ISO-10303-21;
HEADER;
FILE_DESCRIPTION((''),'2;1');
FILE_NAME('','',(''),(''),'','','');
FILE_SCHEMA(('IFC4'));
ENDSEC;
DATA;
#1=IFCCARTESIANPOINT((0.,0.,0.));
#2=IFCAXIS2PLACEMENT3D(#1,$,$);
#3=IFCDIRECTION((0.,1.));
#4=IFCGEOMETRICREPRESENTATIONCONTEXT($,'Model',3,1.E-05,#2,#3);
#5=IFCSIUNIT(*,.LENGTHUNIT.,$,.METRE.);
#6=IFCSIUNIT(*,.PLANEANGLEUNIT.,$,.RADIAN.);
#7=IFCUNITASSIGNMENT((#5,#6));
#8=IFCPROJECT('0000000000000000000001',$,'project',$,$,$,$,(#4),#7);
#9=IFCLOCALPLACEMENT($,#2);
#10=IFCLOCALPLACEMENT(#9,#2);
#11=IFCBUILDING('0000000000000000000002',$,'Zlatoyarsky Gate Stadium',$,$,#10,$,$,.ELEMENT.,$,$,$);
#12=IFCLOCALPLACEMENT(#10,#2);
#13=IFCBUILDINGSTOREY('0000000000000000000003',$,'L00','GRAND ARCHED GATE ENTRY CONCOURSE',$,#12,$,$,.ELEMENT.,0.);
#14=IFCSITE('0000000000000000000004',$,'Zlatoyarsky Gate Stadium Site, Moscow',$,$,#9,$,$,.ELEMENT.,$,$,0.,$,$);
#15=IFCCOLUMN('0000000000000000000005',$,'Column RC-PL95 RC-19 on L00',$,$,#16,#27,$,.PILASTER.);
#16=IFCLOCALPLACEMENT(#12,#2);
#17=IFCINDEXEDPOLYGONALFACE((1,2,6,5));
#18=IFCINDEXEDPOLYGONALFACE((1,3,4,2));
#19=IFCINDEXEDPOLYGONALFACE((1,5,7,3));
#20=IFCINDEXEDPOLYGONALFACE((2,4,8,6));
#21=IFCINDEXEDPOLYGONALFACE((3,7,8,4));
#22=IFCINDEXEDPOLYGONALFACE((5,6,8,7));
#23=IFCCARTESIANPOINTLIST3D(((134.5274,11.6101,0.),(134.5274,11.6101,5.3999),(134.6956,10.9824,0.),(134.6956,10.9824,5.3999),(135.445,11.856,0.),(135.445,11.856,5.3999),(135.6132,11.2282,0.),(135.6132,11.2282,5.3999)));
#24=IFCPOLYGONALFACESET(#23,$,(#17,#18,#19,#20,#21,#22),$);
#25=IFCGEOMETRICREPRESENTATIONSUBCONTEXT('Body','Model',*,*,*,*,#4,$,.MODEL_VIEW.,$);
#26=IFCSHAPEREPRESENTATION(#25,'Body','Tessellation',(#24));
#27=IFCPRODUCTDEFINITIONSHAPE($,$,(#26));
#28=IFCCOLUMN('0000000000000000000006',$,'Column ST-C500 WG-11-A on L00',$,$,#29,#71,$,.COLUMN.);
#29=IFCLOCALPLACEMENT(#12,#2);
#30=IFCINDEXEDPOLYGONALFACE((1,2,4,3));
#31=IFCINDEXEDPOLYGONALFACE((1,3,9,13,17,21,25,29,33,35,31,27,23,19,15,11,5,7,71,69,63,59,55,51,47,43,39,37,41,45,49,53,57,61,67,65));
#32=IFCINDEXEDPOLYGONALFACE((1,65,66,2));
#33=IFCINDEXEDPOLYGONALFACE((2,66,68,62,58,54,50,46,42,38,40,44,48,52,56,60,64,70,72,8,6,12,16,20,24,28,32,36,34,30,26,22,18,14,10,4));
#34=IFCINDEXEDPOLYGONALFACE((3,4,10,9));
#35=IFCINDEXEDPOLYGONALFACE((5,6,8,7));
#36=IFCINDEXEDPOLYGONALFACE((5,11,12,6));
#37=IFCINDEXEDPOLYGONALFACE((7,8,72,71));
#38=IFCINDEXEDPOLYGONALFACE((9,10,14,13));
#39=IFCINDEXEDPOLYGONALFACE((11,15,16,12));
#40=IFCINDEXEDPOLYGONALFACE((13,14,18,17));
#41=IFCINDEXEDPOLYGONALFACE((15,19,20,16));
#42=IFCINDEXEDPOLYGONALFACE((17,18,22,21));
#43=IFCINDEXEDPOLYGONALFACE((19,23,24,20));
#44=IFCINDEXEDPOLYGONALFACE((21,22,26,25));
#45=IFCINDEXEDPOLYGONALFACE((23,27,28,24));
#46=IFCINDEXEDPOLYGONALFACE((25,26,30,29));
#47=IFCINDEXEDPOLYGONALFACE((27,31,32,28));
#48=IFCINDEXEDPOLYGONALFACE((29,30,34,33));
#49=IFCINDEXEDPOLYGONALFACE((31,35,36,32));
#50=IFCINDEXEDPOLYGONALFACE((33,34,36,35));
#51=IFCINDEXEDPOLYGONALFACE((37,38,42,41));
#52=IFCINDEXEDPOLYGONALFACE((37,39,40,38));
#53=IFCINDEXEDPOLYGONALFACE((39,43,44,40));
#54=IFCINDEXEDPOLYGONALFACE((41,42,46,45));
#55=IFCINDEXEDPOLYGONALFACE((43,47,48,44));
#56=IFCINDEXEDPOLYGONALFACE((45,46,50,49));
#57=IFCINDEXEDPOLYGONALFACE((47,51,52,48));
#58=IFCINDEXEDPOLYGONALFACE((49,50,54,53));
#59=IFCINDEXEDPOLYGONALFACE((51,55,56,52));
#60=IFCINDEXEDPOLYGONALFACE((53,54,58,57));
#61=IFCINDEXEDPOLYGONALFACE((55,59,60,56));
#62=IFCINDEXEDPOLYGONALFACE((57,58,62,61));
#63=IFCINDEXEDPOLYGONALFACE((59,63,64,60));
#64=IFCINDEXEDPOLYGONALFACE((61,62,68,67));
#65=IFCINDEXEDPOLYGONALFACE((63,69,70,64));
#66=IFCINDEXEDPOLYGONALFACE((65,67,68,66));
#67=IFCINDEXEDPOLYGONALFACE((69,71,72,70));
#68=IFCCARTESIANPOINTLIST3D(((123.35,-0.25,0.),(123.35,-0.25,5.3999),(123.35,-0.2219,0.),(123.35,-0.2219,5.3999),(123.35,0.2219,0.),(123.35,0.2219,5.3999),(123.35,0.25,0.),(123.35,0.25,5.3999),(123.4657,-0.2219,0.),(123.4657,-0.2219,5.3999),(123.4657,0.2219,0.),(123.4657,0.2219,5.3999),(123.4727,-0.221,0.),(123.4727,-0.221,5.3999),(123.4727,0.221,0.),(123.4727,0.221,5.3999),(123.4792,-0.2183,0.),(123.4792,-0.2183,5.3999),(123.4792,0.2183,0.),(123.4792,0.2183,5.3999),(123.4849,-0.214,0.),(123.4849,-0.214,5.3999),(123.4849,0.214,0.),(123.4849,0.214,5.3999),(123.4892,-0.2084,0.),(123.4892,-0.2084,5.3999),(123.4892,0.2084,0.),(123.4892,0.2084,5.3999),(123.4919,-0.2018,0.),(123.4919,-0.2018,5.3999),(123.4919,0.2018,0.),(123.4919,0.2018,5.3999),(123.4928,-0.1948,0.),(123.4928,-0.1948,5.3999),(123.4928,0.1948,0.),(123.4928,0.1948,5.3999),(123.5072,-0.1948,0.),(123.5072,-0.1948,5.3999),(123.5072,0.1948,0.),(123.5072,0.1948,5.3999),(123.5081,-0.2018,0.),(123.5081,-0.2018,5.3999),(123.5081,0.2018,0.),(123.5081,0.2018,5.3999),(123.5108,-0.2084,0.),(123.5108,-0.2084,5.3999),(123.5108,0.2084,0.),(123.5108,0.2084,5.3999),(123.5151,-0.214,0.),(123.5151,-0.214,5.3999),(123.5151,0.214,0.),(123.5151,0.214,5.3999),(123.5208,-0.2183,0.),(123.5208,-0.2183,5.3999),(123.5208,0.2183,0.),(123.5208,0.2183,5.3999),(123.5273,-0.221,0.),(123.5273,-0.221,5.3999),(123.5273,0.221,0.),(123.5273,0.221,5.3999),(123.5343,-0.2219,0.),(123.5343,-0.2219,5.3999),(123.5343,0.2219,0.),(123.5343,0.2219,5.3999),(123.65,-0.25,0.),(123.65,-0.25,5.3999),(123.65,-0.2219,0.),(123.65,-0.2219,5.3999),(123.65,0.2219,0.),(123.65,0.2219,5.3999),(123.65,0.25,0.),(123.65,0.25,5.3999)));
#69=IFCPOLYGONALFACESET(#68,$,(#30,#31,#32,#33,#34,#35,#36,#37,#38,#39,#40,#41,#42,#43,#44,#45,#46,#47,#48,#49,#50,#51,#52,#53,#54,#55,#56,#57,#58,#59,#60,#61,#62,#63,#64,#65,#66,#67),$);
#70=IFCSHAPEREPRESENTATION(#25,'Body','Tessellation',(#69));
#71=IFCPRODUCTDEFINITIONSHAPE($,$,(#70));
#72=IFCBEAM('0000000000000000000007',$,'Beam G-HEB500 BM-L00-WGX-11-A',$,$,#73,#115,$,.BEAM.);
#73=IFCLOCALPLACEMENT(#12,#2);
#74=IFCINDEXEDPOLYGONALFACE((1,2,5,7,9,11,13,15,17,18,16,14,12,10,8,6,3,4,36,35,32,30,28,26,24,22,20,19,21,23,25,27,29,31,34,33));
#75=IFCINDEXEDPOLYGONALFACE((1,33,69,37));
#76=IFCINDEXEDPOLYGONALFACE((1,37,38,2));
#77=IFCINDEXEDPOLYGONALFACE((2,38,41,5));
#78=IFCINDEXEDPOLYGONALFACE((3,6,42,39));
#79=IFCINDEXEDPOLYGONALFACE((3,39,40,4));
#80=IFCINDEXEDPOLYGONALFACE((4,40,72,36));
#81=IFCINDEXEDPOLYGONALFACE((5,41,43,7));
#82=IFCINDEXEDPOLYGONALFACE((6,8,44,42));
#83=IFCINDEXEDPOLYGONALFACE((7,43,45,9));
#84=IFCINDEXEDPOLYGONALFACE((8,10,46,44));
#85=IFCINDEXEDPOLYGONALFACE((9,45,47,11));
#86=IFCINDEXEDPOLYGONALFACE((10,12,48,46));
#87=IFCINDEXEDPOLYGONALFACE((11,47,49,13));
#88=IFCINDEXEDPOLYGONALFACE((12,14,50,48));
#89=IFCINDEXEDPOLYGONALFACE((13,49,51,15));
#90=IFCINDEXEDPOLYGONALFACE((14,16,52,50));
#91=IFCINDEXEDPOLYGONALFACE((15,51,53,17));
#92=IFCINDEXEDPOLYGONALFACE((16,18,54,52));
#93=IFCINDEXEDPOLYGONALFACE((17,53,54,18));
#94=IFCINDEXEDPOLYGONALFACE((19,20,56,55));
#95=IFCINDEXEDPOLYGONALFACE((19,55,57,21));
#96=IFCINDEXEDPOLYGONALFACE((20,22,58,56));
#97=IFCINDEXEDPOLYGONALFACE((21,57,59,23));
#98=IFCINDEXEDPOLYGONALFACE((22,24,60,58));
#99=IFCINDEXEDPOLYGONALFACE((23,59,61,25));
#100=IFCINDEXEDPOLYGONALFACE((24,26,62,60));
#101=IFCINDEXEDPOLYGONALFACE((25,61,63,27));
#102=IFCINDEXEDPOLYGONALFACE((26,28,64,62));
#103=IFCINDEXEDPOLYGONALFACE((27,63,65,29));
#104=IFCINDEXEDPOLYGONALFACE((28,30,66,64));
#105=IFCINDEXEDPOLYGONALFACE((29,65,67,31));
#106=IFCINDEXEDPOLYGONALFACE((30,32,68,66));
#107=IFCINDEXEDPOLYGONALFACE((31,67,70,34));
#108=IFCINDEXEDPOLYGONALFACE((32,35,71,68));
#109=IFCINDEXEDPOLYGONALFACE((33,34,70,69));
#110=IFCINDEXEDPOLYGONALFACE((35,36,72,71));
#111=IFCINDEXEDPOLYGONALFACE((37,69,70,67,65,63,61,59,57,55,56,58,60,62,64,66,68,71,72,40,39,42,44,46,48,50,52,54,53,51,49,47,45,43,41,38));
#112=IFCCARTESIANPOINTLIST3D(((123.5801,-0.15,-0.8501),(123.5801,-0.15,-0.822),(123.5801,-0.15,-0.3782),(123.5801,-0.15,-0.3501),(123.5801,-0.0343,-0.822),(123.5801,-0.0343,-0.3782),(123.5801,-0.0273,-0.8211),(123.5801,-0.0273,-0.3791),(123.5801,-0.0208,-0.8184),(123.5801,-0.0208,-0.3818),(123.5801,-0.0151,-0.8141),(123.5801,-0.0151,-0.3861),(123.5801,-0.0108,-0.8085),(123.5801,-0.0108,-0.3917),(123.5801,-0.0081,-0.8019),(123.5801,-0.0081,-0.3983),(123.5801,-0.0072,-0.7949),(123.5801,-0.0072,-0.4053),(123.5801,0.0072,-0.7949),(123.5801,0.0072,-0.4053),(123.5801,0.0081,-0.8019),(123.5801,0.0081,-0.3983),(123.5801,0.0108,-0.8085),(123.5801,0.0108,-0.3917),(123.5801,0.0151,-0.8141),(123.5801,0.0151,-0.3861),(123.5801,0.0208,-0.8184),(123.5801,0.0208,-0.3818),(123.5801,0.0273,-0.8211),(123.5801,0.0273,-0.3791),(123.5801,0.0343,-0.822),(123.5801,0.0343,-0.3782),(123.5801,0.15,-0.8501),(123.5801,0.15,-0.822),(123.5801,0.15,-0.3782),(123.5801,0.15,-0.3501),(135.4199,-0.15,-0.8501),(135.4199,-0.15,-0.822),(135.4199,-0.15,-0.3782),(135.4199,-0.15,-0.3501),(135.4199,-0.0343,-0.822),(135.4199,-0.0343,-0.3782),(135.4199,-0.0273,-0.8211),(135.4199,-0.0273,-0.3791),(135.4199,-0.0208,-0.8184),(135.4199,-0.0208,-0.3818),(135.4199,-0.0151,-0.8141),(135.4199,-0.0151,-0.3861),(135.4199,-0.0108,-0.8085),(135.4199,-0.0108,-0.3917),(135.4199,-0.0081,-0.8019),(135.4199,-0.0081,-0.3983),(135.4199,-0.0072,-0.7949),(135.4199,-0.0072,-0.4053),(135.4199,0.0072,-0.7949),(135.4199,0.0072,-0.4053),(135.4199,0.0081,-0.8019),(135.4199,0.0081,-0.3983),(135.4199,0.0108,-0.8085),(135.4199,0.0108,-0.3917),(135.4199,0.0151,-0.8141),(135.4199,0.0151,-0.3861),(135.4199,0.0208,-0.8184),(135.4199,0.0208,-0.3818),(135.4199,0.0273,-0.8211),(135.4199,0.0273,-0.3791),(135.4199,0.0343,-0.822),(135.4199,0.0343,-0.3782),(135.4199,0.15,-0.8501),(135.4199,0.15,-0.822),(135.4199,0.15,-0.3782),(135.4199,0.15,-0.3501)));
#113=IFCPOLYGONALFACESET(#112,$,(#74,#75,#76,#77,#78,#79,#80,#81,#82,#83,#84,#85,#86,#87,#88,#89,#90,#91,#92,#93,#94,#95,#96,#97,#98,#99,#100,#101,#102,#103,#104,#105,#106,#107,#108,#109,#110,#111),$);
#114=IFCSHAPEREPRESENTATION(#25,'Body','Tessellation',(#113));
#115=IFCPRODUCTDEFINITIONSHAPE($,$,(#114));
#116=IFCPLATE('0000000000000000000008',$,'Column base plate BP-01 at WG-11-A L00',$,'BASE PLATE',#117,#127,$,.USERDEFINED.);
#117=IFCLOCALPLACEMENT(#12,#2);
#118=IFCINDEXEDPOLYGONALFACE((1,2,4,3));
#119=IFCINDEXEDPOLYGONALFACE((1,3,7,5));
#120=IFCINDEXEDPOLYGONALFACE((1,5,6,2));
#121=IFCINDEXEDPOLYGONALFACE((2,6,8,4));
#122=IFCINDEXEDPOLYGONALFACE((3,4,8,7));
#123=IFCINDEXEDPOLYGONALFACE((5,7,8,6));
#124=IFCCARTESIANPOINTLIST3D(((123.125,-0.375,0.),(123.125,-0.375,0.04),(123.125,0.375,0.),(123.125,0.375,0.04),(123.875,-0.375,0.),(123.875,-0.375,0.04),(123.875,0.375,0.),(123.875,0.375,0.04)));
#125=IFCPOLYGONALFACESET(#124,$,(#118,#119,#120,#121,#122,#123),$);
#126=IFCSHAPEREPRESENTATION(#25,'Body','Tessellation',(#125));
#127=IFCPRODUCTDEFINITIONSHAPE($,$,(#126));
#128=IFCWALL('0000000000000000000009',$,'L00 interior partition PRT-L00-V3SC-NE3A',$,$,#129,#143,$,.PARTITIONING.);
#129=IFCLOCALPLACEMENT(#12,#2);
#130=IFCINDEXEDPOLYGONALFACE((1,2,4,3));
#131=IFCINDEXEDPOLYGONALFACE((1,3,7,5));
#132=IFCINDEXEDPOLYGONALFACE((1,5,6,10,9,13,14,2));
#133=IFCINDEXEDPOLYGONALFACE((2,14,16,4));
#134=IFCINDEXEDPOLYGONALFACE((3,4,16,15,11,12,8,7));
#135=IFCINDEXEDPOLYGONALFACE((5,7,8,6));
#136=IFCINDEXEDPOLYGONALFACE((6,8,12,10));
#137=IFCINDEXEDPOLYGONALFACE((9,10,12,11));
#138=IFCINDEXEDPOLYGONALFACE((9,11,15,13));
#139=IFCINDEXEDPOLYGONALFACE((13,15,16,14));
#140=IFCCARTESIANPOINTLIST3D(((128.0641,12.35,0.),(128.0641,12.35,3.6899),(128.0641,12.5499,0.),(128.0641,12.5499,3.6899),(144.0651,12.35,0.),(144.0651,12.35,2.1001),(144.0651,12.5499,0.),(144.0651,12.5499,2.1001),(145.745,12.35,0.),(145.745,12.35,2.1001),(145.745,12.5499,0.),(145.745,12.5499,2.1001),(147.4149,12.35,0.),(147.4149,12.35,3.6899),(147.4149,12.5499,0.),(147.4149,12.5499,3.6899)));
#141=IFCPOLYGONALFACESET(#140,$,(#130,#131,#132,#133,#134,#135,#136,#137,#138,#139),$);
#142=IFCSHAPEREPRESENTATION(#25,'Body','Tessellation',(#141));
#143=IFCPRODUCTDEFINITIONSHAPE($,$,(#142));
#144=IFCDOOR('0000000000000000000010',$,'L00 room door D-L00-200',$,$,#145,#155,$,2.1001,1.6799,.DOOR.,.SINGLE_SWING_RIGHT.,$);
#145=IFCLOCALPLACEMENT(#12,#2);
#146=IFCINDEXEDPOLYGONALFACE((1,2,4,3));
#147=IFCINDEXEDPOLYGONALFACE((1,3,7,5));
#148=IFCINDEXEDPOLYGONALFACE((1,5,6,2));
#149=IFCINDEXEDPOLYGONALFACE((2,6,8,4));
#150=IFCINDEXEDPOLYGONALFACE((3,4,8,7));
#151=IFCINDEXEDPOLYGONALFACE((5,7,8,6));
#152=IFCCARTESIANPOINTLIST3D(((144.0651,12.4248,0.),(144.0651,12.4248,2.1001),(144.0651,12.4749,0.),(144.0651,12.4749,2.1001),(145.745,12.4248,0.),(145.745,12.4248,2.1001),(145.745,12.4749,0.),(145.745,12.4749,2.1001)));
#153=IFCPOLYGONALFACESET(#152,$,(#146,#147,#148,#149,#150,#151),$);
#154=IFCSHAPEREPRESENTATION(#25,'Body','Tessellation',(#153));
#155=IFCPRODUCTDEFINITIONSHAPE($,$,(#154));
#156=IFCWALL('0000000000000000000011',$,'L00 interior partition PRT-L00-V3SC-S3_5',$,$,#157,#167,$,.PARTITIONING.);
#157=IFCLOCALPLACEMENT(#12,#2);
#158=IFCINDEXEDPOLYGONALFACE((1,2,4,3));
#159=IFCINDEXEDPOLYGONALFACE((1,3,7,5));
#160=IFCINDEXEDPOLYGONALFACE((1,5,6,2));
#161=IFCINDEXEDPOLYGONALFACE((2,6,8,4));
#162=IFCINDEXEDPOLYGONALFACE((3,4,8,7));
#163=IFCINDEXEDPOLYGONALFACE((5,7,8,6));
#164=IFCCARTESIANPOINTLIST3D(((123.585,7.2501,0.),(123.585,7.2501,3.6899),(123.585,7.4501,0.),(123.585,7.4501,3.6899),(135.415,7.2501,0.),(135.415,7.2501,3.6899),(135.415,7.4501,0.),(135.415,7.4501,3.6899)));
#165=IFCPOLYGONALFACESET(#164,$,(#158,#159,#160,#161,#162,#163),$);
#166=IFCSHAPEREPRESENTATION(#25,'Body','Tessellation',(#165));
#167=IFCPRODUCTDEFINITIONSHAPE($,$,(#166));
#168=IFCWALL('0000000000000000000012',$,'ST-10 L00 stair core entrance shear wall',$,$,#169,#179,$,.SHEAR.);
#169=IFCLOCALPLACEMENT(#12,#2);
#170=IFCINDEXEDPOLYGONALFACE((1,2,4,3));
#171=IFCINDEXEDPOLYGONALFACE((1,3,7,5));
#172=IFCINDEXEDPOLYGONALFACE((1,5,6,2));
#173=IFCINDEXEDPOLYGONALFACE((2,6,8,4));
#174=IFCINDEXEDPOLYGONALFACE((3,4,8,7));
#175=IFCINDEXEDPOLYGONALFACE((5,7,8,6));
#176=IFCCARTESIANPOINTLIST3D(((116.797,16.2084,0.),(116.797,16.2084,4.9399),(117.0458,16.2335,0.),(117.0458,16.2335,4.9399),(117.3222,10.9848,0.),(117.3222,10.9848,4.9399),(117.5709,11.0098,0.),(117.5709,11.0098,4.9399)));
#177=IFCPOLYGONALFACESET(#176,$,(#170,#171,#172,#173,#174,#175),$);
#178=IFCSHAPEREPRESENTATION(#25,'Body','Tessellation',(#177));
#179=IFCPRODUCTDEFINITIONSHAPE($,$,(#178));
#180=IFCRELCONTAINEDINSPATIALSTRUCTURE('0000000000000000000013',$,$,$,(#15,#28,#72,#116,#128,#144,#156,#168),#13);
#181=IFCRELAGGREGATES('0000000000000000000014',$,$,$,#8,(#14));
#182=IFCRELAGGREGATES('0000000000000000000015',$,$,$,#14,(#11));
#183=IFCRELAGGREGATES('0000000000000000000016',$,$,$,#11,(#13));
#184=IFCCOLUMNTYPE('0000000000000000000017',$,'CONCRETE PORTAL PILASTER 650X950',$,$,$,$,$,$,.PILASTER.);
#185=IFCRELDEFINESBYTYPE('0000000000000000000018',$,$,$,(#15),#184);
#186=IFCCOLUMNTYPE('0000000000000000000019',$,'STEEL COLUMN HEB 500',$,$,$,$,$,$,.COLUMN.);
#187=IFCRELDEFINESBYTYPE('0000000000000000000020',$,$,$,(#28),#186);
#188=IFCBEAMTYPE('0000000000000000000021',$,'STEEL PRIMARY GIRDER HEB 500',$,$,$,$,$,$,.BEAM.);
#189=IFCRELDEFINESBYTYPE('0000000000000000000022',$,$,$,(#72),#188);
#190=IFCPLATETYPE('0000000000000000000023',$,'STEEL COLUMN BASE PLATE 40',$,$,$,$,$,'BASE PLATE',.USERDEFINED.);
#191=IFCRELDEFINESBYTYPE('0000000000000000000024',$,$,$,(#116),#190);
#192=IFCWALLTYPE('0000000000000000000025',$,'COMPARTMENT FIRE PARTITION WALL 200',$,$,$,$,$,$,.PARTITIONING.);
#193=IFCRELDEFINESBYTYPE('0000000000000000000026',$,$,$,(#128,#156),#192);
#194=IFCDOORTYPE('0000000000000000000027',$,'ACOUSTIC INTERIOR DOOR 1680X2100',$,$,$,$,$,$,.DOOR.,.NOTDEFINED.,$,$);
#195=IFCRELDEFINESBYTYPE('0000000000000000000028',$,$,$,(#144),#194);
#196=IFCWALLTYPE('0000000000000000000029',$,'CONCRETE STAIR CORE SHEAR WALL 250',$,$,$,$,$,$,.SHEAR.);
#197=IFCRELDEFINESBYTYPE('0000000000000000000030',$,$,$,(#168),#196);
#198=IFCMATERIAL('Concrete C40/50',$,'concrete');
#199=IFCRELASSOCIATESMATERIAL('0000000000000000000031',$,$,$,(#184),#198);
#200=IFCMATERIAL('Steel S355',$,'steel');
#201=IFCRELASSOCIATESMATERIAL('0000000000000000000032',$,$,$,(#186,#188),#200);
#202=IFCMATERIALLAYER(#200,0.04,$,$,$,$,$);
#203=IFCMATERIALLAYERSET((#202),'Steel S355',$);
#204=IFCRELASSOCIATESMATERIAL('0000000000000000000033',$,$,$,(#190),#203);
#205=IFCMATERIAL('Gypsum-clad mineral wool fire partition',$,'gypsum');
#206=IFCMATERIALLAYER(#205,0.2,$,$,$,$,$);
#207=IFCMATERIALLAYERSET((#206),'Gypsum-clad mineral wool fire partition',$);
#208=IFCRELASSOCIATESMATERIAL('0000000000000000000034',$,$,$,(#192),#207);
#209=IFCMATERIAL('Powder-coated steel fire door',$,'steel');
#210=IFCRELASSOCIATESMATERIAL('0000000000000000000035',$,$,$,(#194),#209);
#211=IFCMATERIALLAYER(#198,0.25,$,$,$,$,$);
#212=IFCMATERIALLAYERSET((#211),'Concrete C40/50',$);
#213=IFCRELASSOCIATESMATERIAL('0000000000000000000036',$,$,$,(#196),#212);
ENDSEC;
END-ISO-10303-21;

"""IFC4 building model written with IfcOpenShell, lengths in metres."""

from ifc_helpers import new_model, si_unit, direction, frame, frame_2d, origin, origin_2d, place, context, subcontext, project, spatial, rectangle, i_section, extrude, material, layer, layer_set, material_profile, profile_set, type_object, element, fill, save


model = new_model("IFC4")

# Units and contexts
model_context = context("Model", 3, precision=1e-05, world=origin(), true_north=direction((0.0, 1.0)))
body_context = subcontext(model_context, "Body", "Model", "MODEL_VIEW")
ifc_project = project(units=[si_unit("LENGTHUNIT", "METRE"), si_unit("PLANEANGLEUNIT", "RADIAN")], contexts=[model_context])

# Site, building, storey
site_placement = place(None, origin())
site = spatial("IfcSite", under=ifc_project, at=site_placement, Name="Zlatoyarsky Gate Stadium Site, Moscow", CompositionType="ELEMENT", RefElevation=0.0)
building_placement = place(site_placement, origin())
building = spatial("IfcBuilding", under=site, at=building_placement, Name="Zlatoyarsky Gate Stadium", CompositionType="ELEMENT")
storey_placement = place(building_placement, origin())
storey = spatial("IfcBuildingStorey", under=building, at=storey_placement, Name="L00", Description="GRAND ARCHED GATE ENTRY CONCOURSE", CompositionType="ELEMENT", Elevation=0.0)

# Columns
ifc_material_1 = material(Name="Concrete C40/50", Category="concrete")
ifc_material_profile_1 = material_profile(ifc_material_1, rectangle(XDim=0.6499, YDim=0.95, at=origin_2d()), Name="RC PILASTER 650X950")
ifc_profile_set_1 = profile_set([ifc_material_profile_1], Name="Concrete C40/50")
column_type_1 = type_object("IfcColumnType", Name="CONCRETE PORTAL PILASTER 650X950", PredefinedType="PILASTER", material=ifc_profile_set_1)
column_1_placement = place(storey_placement, frame((135.0703, 11.4192, 0.0), z_axis=(0.0, 0.0, 1.0), x_axis=(0.258819, -0.965926, 0.0)))
element("IfcColumn", 1, at=column_1_placement, inside=storey, type_object=column_type_1, Name="Column RC-PL95 RC-19 on L00", PredefinedType="PILASTER", context=body_context, shape_type="SweptSolid", body=[
    extrude(rectangle(XDim=0.6499, YDim=0.95, at=origin_2d()), origin(), (0.0, 0.0, 1.0), 5.3999),
])
ifc_material_2 = material(Name="Steel S355", Category="steel")
ifc_material_profile_2 = material_profile(ifc_material_2, i_section(OverallWidth=0.3, OverallDepth=0.5, WebThickness=0.0144, FlangeThickness=0.0281, FilletRadius=0.0271, at=origin_2d()), Name="HEB 500")
ifc_profile_set_2 = profile_set([ifc_material_profile_2], Name="Steel S355")
column_type_2 = type_object("IfcColumnType", Name="STEEL COLUMN HEB 500", PredefinedType="COLUMN", material=ifc_profile_set_2)
column_2_placement = place(storey_placement, frame((123.5, 0.0, 0.0), z_axis=(0.0, 0.0, 1.0), x_axis=(1.0, 0.0, 0.0)))
element("IfcColumn", 2, at=column_2_placement, inside=storey, type_object=column_type_2, Name="Column ST-C500 WG-11-A on L00", PredefinedType="COLUMN", context=body_context, shape_type="SweptSolid", body=[
    extrude(i_section(OverallWidth=0.3, OverallDepth=0.5, WebThickness=0.0144, FlangeThickness=0.0281, FilletRadius=0.0271, at=origin_2d()), origin(), (0.0, 0.0, 1.0), 5.3999),
])

# Beam
ifc_material_profile_3 = material_profile(ifc_material_2, i_section(OverallWidth=0.3, OverallDepth=0.5, WebThickness=0.0144, FlangeThickness=0.0281, FilletRadius=0.0271, at=origin_2d()), Name="HEB 500")
ifc_profile_set_3 = profile_set([ifc_material_profile_3], Name="Steel S355")
beam_type = type_object("IfcBeamType", Name="STEEL PRIMARY GIRDER HEB 500", PredefinedType="BEAM", material=ifc_profile_set_3)
beam_placement = place(storey_placement, frame((123.5801, 0.0, -0.6001), z_axis=(1.0, 0.0, 0.0), x_axis=(0.0, 1.0, 0.0)))
element("IfcBeam", 3, at=beam_placement, inside=storey, type_object=beam_type, Name="Beam G-HEB500 BM-L00-WGX-11-A", PredefinedType="BEAM", context=body_context, shape_type="SweptSolid", body=[
    extrude(i_section(OverallWidth=0.3, OverallDepth=0.5, WebThickness=0.0144, FlangeThickness=0.0281, FilletRadius=0.0271, at=origin_2d()), origin(), (0.0, 0.0, 1.0), 11.8398),
])

# Plate
ifc_layer_1 = layer(ifc_material_2, 0.04)
ifc_layer_set_1 = layer_set([ifc_layer_1], Name="Steel S355")
plate_type = type_object("IfcPlateType", Name="STEEL COLUMN BASE PLATE 40", ElementType="BASE PLATE", PredefinedType="USERDEFINED", material=ifc_layer_set_1)
plate_placement = place(storey_placement, frame((123.5, 0.0, 0.0), z_axis=(0.0, 0.0, 1.0), x_axis=(1.0, 0.0, 0.0)))
element("IfcPlate", 4, at=plate_placement, inside=storey, type_object=plate_type, Name="Column base plate BP-01 at WG-11-A L00", ObjectType="BASE PLATE", PredefinedType="USERDEFINED", context=body_context, shape_type="SweptSolid", body=[
    extrude(rectangle(XDim=0.75, YDim=0.75, at=origin_2d()), origin(), (0.0, 0.0, 1.0), 0.04),
])

# Wall, opening, door
ifc_material_3 = material(Name="Gypsum-clad mineral wool fire partition", Category="gypsum")
ifc_layer_2 = layer(ifc_material_3, 0.2)
ifc_layer_set_2 = layer_set([ifc_layer_2], Name="Gypsum-clad mineral wool fire partition")
wall_type_1 = type_object("IfcWallType", Name="COMPARTMENT FIRE PARTITION WALL 200", PredefinedType="PARTITIONING", material=ifc_layer_set_2)
wall_1_placement = place(storey_placement, frame((128.0642, 12.45, 0.0), z_axis=(0.0, 0.0, 1.0), x_axis=(1.0, 0.0, 0.0)))
wall_1 = element("IfcWall", 5, at=wall_1_placement, inside=storey, type_object=wall_type_1, Name="L00 interior partition PRT-L00-V3SC-NE3A", PredefinedType="PARTITIONING", context=body_context, shape_type="SweptSolid", body=[
    extrude(rectangle(XDim=19.3508, YDim=0.2, at=frame_2d((9.6753, 0.0))), origin(), (0.0, 0.0, 1.0), 3.6899),
])
opening_1_placement = place(wall_1_placement, frame((16.001, 0.0, 0.0)))
opening_1 = element("IfcOpeningElement", 6, at=opening_1_placement, cuts=wall_1, PredefinedType="OPENING", context=body_context, shape_type="SweptSolid", body=[
    extrude(rectangle(XDim=1.6799, YDim=2.1001, at=frame_2d((0.8398, 1.05))), frame((0.0, 0.1099, 0.0), z_axis=(0.0, -1.0, 0.0), x_axis=(1.0, 0.0, 0.0)), (0.0, 0.0, 1.0), 0.22),
])
ifc_material_4 = material(Name="Powder-coated steel fire door", Category="steel")
door_type_1 = type_object("IfcDoorType", Name="ACOUSTIC INTERIOR DOOR 1680X2100", OperationType="NOTDEFINED", PredefinedType="DOOR", material=ifc_material_4)
door_1_placement = place(opening_1_placement, origin())
door_1 = element("IfcDoor", 7, at=door_1_placement, inside=storey, type_object=door_type_1, Name="L00 room door D-L00-200", OperationType="SINGLE_SWING_RIGHT", OverallHeight=2.1001, OverallWidth=1.6799, PredefinedType="DOOR", context=body_context, shape_type="SweptSolid", body=[
    extrude(rectangle(XDim=1.6799, YDim=2.1001, at=frame_2d((0.8398, 1.05))), frame((0.0, 0.0249, 0.0), z_axis=(0.0, -1.0, 0.0), x_axis=(1.0, 0.0, 0.0)), (0.0, 0.0, 1.0), 0.05),
])
fill(opening_1, door_1)

# Walls
wall_2_placement = place(storey_placement, frame((123.585, 7.3501, 0.0), z_axis=(0.0, 0.0, 1.0), x_axis=(1.0, 0.0, 0.0)))
element("IfcWall", 8, at=wall_2_placement, inside=storey, type_object=wall_type_1, Name="L00 interior partition PRT-L00-V3SC-S3_5", PredefinedType="PARTITIONING", context=body_context, shape_type="SweptSolid", body=[
    extrude(rectangle(XDim=11.8301, YDim=0.2, at=frame_2d((5.915, 0.0))), origin(), (0.0, 0.0, 1.0), 3.6899),
])
ifc_layer_3 = layer(ifc_material_1, 0.25)
ifc_layer_set_3 = layer_set([ifc_layer_3], Name="Concrete C40/50")
wall_type_2 = type_object("IfcWallType", Name="CONCRETE STAIR CORE SHEAR WALL 250", PredefinedType="SHEAR", material=ifc_layer_set_3)
wall_3_placement = place(storey_placement, frame((116.9214, 16.2209, 0.0), z_axis=(0.0, 0.0, 1.0), x_axis=(0.100029, -0.994985, 0.0)))
element("IfcWall", 9, at=wall_3_placement, inside=storey, type_object=wall_type_2, Name="ST-10 L00 stair core entrance shear wall", PredefinedType="SHEAR", context=body_context, shape_type="SweptSolid", body=[
    extrude(rectangle(XDim=5.25, YDim=0.25, at=frame_2d((2.625, 0.0))), origin(), (0.0, 0.0, 1.0), 4.9399),
])

save(model, "model.ifc")
